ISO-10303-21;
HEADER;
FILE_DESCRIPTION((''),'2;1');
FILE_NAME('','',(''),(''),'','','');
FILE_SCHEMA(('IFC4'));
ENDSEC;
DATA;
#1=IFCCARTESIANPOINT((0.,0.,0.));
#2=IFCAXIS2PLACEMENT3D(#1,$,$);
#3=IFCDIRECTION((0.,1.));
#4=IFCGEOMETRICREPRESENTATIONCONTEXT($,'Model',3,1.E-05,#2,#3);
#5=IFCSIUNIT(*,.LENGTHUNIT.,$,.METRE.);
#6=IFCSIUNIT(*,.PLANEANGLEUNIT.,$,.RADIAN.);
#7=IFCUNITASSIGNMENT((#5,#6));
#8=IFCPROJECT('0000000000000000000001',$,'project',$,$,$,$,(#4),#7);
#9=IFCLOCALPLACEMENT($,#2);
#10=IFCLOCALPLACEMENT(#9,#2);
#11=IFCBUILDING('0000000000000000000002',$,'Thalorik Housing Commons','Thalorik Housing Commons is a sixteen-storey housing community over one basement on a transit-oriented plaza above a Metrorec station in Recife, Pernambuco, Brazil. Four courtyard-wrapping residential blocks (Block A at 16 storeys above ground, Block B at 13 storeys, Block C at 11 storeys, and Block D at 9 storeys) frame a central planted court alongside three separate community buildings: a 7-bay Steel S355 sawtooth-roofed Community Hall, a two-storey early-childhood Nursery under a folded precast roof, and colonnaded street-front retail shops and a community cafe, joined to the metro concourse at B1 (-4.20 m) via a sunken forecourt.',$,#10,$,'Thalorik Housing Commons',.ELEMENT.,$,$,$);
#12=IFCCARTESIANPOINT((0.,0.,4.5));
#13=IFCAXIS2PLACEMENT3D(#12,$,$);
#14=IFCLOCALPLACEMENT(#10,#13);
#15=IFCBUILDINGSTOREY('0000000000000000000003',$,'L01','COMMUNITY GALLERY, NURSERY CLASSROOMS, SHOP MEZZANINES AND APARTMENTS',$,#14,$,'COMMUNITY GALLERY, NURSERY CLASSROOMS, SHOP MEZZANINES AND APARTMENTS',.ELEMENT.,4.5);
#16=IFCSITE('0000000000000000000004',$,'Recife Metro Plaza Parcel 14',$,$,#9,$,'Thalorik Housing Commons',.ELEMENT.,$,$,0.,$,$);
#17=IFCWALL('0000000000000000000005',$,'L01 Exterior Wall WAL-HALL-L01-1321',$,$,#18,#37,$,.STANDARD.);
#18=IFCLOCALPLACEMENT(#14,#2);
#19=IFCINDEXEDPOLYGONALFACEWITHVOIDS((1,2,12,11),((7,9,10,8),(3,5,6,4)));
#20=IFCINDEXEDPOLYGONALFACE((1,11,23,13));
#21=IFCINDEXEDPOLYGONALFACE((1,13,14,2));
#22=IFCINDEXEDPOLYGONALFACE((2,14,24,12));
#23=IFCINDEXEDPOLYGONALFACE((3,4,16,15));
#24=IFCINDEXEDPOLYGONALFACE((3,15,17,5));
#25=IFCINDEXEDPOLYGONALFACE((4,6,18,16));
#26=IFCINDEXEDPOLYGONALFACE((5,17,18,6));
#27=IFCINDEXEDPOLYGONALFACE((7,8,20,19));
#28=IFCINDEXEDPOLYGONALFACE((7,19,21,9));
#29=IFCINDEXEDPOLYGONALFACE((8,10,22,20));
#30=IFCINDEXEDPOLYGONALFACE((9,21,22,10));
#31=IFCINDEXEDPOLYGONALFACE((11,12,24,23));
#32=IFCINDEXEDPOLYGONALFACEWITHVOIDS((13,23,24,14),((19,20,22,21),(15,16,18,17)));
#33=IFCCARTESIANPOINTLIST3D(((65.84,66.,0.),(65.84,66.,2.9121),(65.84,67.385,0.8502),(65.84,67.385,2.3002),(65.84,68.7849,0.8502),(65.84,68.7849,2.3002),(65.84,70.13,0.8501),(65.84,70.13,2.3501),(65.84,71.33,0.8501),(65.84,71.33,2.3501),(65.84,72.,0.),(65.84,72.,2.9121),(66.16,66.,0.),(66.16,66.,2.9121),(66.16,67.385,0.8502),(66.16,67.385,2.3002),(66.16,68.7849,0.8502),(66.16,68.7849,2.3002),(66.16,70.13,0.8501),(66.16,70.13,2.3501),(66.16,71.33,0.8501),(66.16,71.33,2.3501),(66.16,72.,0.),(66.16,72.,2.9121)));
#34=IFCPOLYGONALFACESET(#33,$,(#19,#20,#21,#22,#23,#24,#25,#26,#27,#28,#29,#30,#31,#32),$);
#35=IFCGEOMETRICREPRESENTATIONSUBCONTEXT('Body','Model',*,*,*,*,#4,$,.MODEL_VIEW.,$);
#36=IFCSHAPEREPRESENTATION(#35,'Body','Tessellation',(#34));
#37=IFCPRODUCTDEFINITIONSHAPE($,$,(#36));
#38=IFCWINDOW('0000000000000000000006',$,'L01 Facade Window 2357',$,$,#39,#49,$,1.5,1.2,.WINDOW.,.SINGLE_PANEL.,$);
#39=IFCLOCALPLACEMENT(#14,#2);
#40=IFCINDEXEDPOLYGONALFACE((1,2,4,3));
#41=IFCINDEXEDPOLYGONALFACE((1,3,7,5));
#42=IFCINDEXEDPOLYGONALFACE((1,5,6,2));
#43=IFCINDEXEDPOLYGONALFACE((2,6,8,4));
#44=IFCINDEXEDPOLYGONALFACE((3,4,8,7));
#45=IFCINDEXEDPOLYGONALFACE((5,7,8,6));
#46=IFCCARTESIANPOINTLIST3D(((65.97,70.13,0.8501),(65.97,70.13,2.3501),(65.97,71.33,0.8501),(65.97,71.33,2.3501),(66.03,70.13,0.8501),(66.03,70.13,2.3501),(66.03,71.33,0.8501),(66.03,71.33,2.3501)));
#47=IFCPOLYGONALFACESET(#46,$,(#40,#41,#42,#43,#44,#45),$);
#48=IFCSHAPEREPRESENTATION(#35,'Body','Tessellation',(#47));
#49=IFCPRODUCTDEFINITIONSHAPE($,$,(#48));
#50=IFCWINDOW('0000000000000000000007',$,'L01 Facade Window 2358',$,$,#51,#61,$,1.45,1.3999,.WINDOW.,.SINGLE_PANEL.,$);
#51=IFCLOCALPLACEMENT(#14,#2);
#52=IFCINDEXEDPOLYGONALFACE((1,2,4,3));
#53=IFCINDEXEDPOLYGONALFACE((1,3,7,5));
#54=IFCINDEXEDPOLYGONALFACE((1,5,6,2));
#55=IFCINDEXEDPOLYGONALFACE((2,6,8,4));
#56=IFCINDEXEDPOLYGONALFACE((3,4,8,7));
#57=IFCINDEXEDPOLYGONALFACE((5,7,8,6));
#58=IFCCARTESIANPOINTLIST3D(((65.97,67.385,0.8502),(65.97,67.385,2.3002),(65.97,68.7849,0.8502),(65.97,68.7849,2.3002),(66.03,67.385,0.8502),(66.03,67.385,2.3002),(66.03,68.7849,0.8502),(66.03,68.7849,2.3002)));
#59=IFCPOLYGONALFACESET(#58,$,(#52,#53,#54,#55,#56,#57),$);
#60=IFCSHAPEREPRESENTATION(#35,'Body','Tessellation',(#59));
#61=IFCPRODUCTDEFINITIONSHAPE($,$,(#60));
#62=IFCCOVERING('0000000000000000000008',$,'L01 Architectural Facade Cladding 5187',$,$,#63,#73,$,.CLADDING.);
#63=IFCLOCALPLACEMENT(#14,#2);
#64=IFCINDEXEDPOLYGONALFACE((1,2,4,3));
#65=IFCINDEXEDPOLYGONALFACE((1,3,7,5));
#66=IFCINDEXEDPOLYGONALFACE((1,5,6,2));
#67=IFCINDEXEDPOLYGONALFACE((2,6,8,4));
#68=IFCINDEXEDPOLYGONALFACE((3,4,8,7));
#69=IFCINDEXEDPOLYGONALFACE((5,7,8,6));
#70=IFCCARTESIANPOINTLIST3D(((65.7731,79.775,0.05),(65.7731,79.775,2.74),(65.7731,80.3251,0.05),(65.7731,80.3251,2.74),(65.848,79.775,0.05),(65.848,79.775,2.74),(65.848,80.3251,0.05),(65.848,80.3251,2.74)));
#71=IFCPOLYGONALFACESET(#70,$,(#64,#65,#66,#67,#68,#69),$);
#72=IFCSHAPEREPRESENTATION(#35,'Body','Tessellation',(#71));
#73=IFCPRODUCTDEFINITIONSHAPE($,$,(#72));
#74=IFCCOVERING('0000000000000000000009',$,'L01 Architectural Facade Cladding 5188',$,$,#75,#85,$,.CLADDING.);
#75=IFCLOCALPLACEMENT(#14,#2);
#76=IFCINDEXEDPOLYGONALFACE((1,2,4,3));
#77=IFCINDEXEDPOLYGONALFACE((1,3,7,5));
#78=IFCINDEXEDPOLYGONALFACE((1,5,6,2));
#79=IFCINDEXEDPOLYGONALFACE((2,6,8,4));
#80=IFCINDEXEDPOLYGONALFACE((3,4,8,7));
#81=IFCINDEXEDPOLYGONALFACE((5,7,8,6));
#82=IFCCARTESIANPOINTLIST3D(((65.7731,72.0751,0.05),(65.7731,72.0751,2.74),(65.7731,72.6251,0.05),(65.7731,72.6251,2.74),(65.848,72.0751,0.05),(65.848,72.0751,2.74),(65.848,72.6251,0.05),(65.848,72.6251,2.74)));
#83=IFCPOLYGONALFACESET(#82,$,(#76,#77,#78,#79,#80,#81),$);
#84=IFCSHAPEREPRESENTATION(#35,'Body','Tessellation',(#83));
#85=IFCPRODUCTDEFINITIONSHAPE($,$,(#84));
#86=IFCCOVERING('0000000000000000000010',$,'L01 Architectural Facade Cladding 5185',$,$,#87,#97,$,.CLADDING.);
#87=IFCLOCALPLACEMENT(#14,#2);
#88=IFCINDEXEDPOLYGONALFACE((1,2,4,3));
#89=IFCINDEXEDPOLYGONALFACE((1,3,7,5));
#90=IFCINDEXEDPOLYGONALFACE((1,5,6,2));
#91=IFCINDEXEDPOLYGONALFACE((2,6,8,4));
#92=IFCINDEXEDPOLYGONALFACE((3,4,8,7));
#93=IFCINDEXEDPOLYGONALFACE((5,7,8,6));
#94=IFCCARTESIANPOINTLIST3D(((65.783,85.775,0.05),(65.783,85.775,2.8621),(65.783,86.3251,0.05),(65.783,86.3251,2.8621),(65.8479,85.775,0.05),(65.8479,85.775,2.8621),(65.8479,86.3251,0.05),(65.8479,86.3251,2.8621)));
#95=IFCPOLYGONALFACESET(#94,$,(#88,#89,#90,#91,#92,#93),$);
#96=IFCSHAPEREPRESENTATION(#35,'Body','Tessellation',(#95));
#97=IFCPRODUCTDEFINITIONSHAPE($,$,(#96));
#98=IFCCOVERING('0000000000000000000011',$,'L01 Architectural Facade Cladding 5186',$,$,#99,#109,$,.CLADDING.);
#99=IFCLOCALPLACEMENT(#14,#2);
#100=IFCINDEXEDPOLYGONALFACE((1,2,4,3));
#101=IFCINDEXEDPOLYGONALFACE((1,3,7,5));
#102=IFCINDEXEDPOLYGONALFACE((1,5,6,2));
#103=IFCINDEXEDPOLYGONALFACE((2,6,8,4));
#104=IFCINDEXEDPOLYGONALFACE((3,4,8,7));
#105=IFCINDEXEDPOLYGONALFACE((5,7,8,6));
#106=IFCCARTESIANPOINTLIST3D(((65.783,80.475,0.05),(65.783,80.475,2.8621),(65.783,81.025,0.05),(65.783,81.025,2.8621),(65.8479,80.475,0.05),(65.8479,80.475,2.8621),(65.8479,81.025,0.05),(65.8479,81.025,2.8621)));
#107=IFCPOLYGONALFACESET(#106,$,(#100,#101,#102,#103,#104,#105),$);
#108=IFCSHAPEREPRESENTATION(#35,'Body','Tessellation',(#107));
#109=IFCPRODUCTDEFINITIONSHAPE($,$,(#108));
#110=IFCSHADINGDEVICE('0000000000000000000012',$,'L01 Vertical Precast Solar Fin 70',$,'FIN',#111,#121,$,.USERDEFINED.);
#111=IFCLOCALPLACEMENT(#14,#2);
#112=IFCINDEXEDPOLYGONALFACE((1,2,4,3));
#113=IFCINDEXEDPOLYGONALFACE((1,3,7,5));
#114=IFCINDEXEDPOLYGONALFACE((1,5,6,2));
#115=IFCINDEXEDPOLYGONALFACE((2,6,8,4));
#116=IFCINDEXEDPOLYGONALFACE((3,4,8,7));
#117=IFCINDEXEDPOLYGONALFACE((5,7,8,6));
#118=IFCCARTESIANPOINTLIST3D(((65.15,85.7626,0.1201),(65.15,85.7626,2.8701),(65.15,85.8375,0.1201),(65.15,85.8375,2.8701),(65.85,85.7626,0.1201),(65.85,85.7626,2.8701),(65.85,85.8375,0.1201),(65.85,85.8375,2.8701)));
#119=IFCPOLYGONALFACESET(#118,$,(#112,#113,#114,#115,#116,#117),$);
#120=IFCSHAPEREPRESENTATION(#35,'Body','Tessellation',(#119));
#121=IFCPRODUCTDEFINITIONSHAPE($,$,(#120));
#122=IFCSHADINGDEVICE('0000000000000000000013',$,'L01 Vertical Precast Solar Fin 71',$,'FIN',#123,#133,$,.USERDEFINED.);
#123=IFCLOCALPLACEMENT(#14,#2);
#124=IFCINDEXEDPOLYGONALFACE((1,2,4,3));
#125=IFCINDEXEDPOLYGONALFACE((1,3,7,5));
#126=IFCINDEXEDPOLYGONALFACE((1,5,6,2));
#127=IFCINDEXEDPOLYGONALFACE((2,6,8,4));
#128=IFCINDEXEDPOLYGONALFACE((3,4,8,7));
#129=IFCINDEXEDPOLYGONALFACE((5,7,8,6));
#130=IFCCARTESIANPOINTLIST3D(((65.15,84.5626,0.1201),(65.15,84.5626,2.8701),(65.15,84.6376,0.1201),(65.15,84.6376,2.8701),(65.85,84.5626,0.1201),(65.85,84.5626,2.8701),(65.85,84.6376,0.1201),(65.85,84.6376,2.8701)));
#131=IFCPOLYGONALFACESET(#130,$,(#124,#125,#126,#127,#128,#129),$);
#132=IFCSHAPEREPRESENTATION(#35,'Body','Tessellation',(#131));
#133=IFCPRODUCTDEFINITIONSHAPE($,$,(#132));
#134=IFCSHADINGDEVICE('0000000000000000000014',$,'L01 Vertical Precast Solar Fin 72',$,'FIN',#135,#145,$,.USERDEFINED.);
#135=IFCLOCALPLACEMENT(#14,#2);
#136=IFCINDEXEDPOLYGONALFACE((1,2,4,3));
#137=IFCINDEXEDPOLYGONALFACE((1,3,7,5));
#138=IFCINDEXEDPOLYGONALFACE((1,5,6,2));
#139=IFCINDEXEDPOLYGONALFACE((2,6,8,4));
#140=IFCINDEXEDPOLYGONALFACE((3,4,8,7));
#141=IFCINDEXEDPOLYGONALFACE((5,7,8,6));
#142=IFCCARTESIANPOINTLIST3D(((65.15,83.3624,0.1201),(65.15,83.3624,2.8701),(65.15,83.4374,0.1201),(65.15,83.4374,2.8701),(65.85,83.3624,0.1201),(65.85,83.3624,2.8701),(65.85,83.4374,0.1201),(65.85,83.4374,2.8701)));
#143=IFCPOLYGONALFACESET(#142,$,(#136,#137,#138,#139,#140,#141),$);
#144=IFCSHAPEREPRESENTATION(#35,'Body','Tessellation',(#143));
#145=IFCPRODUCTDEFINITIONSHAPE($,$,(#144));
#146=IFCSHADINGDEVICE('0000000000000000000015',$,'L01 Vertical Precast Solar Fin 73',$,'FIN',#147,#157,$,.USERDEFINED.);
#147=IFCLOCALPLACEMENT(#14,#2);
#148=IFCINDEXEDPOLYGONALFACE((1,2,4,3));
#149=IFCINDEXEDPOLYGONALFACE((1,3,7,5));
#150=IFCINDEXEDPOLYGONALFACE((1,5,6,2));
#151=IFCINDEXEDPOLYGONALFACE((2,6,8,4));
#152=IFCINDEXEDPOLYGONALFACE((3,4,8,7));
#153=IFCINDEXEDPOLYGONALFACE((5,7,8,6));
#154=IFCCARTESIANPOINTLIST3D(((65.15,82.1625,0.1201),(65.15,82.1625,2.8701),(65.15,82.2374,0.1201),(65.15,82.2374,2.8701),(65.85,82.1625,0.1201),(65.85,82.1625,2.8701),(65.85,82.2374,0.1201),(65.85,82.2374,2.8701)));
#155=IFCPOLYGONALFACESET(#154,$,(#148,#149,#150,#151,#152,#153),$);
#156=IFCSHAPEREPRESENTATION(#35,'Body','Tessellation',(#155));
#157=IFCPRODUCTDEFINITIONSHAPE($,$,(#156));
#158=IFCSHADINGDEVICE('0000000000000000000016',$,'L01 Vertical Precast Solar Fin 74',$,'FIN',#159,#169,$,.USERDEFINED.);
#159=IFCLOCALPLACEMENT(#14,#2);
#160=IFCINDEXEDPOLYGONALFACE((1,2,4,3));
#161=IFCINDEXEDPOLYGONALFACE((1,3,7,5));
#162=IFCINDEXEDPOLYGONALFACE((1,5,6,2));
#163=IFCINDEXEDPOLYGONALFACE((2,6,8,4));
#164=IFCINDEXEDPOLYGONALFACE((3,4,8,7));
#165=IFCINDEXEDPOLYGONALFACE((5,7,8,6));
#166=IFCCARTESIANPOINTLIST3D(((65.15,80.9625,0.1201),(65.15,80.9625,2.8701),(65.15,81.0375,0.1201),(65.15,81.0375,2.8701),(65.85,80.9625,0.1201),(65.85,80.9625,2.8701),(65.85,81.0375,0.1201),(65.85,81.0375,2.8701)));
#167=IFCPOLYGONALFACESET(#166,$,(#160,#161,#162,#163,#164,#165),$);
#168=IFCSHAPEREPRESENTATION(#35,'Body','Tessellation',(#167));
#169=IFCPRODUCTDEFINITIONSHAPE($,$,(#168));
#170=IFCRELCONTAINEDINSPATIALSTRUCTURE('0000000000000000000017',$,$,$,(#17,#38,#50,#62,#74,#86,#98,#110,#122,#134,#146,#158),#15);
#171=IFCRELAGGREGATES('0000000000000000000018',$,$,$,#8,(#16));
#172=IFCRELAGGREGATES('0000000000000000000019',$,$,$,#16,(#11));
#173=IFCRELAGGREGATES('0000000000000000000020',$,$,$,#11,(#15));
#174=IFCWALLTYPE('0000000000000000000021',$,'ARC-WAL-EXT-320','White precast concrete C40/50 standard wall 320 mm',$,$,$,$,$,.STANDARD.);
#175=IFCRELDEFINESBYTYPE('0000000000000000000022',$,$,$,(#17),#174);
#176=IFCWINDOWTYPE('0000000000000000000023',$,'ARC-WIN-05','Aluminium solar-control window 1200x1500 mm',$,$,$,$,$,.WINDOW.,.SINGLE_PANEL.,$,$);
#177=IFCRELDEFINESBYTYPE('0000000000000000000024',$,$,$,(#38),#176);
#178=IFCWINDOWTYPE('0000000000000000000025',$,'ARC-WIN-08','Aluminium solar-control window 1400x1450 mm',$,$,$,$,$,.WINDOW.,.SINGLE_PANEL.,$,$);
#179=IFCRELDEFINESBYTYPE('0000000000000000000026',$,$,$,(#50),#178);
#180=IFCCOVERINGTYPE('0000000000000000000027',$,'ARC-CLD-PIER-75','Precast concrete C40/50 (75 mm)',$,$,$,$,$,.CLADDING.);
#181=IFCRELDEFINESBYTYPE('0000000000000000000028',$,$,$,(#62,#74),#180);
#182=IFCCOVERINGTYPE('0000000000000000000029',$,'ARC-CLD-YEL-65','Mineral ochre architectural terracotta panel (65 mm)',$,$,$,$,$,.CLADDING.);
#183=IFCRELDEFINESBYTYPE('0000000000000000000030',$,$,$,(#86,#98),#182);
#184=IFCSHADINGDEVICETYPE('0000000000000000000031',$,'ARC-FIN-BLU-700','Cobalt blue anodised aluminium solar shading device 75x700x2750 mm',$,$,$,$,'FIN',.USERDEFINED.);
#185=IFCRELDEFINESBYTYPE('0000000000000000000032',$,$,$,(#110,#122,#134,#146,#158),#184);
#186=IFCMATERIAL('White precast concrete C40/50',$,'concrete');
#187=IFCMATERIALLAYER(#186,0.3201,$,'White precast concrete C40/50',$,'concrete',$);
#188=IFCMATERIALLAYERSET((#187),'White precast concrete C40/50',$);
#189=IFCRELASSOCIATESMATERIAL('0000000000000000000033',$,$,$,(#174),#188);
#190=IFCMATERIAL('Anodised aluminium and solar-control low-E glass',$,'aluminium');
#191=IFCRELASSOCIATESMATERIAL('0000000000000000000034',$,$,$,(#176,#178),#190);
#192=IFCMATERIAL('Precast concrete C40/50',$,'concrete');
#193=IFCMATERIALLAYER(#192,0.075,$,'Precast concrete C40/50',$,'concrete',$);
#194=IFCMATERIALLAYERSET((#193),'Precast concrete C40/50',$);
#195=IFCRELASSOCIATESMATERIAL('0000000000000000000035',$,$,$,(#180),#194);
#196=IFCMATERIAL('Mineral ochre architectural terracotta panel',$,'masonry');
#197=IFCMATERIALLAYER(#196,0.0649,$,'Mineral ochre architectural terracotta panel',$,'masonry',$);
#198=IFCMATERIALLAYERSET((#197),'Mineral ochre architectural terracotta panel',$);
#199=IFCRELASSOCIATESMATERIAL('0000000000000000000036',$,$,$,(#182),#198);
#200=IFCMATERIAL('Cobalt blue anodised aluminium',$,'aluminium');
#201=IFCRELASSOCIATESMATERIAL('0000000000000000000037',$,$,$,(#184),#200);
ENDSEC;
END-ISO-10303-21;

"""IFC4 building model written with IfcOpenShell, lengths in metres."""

from ifc_helpers import new_model, si_unit, direction, frame, frame_2d, origin, origin_2d, place, context, subcontext, project, spatial, rectangle, extrude, material, layer, layer_set, type_object, element, fill, save


model = new_model("IFC4")

# Units and contexts
model_context = context("Model", 3, precision=1e-05, world=origin(), true_north=direction((0.0, 1.0)))
body_context = subcontext(model_context, "Body", "Model", "MODEL_VIEW")
ifc_project = project(units=[si_unit("LENGTHUNIT", "METRE"), si_unit("PLANEANGLEUNIT", "RADIAN")], contexts=[model_context])

# Site, building, storey
site_placement = place(None, origin())
site = spatial("IfcSite", under=ifc_project, at=site_placement, Name="Recife Metro Plaza Parcel 14", LongName="Thalorik Housing Commons", CompositionType="ELEMENT", RefElevation=0.0)
building_placement = place(site_placement, origin())
building = spatial("IfcBuilding", under=site, at=building_placement, Name="Thalorik Housing Commons", Description="Thalorik Housing Commons is a sixteen-storey housing community over one basement on a transit-oriented plaza above a Metrorec station in Recife, Pernambuco, Brazil. Four courtyard-wrapping residential blocks (Block A at 16 storeys above ground, Block B at 13 storeys, Block C at 11 storeys, and Block D at 9 storeys) frame a central planted court alongside three separate community buildings: a 7-bay Steel S355 sawtooth-roofed Community Hall, a two-storey early-childhood Nursery under a folded precast roof, and colonnaded street-front retail shops and a community cafe, joined to the metro concourse at B1 (-4.20 m) via a sunken forecourt.", LongName="Thalorik Housing Commons", CompositionType="ELEMENT")
storey_placement = place(building_placement, frame((0.0, 0.0, 4.5)))
storey = spatial("IfcBuildingStorey", under=building, at=storey_placement, Name="L01", Description="COMMUNITY GALLERY, NURSERY CLASSROOMS, SHOP MEZZANINES AND APARTMENTS", LongName="COMMUNITY GALLERY, NURSERY CLASSROOMS, SHOP MEZZANINES AND APARTMENTS", CompositionType="ELEMENT", Elevation=4.5)

# Shared definitions
ifc_material_1 = material(Name="White precast concrete C40/50", Category="concrete")
ifc_layer_1 = layer(ifc_material_1, 0.3201, Name="White precast concrete C40/50", Category="concrete")
ifc_layer_set_1 = layer_set([ifc_layer_1], Name="White precast concrete C40/50")
wall_type = type_object("IfcWallType", Name="ARC-WAL-EXT-320", Description="White precast concrete C40/50 standard wall 320 mm", PredefinedType="STANDARD", material=ifc_layer_set_1)
ifc_material_2 = material(Name="Anodised aluminium and solar-control low-E glass", Category="aluminium")

# Wall, openings, windows
wall_1_placement = place(storey_placement, frame((66.0, 72.0, 0.0), z_axis=(0.0, 0.0, 1.0), x_axis=(0.0, -1.0, 0.0)))
wall_1 = element("IfcWall", 1, at=wall_1_placement, inside=storey, type_object=wall_type, Name="L01 Exterior Wall WAL-HALL-L01-1321", PredefinedType="STANDARD", context=body_context, shape_type="SweptSolid", body=[
    extrude(rectangle(XDim=6.0, YDim=0.3201, at=frame_2d((3.0, 0.0))), origin(), (0.0, 0.0, 1.0), 2.9121),
])
opening_1_placement = place(wall_1_placement, frame((0.6699, 0.0, 0.8501)))
opening_1 = element("IfcOpeningElement", 2, at=opening_1_placement, cuts=wall_1, PredefinedType="OPENING", context=body_context, shape_type="SweptSolid", body=[
    extrude(rectangle(XDim=1.2, YDim=1.5, at=frame_2d((0.6001, 0.75))), frame((0.0, 0.1699, 0.0), z_axis=(0.0, -1.0, 0.0), x_axis=(1.0, 0.0, 0.0)), (0.0, 0.0, 1.0), 0.3401),
])
opening_2_placement = place(wall_1_placement, frame((3.2151, 0.0, 0.8501)))
opening_2 = element("IfcOpeningElement", 3, at=opening_2_placement, cuts=wall_1, PredefinedType="OPENING", context=body_context, shape_type="SweptSolid", body=[
    extrude(rectangle(XDim=1.3999, YDim=1.45, at=frame_2d((0.7, 0.7251))), frame((0.0, 0.1699, 0.0), z_axis=(0.0, -1.0, 0.0), x_axis=(1.0, 0.0, 0.0)), (0.0, 0.0, 1.0), 0.3401),
])
window_type_1 = type_object("IfcWindowType", Name="ARC-WIN-05", Description="Aluminium solar-control window 1200x1500 mm", PartitioningType="SINGLE_PANEL", PredefinedType="WINDOW", material=ifc_material_2)
window_1_placement = place(opening_1_placement, origin())
window_1 = element("IfcWindow", 4, at=window_1_placement, inside=storey, type_object=window_type_1, Name="L01 Facade Window 2357", OverallHeight=1.5, OverallWidth=1.2, PartitioningType="SINGLE_PANEL", PredefinedType="WINDOW", context=body_context, shape_type="SweptSolid", body=[
    extrude(rectangle(XDim=1.2, YDim=1.5, at=frame_2d((0.6001, 0.75))), frame((0.0, 0.03, 0.0), z_axis=(0.0, -1.0, 0.0), x_axis=(1.0, 0.0, 0.0)), (0.0, 0.0, 1.0), 0.0601),
])
fill(opening_1, window_1)
window_type_2 = type_object("IfcWindowType", Name="ARC-WIN-08", Description="Aluminium solar-control window 1400x1450 mm", PartitioningType="SINGLE_PANEL", PredefinedType="WINDOW", material=ifc_material_2)
window_2_placement = place(opening_2_placement, origin())
window_2 = element("IfcWindow", 5, at=window_2_placement, inside=storey, type_object=window_type_2, Name="L01 Facade Window 2358", OverallHeight=1.45, OverallWidth=1.3999, PartitioningType="SINGLE_PANEL", PredefinedType="WINDOW", context=body_context, shape_type="SweptSolid", body=[
    extrude(rectangle(XDim=1.3999, YDim=1.45, at=frame_2d((0.7, 0.7251))), frame((0.0, 0.03, 0.0), z_axis=(0.0, -1.0, 0.0), x_axis=(1.0, 0.0, 0.0)), (0.0, 0.0, 1.0), 0.0601),
])
fill(opening_2, window_2)

# Coverings
ifc_material_3 = material(Name="Precast concrete C40/50", Category="concrete")
ifc_layer_2 = layer(ifc_material_3, 0.075, Name="Precast concrete C40/50", Category="concrete")
ifc_layer_set_2 = layer_set([ifc_layer_2], Name="Precast concrete C40/50")
covering_type_1 = type_object("IfcCoveringType", Name="ARC-CLD-PIER-75", Description="Precast concrete C40/50 (75 mm)", PredefinedType="CLADDING", material=ifc_layer_set_2)
for number, where, z_axis, x_axis, name in (
    (6, (65.8105, 80.05, 0.05), (0.0, 0.0, 1.0), (0.0, -1.0, 0.0), "L01 Architectural Facade Cladding 5187"),
    (7, (65.8105, 72.3501, 0.05), (0.0, 0.0, 1.0), (0.0, -1.0, 0.0), "L01 Architectural Facade Cladding 5188"),
):
    element("IfcCovering", number, at=place(storey_placement, frame(where, z_axis=z_axis, x_axis=x_axis)), inside=storey, type_object=covering_type_1, Name=name, PredefinedType="CLADDING", context=body_context, shape_type="SweptSolid", body=[
        extrude(rectangle(XDim=0.55, YDim=0.075, at=origin_2d()), origin(), (0.0, 0.0, 1.0), 2.6899),
    ])
ifc_material_4 = material(Name="Mineral ochre architectural terracotta panel", Category="masonry")
ifc_layer_3 = layer(ifc_material_4, 0.0649, Name="Mineral ochre architectural terracotta panel", Category="masonry")
ifc_layer_set_3 = layer_set([ifc_layer_3], Name="Mineral ochre architectural terracotta panel")
covering_type_2 = type_object("IfcCoveringType", Name="ARC-CLD-YEL-65", Description="Mineral ochre architectural terracotta panel (65 mm)", PredefinedType="CLADDING", material=ifc_layer_set_3)
for number, where, z_axis, x_axis, name in (
    (8, (65.8154, 86.05, 0.05), (0.0, 0.0, 1.0), (0.0, -1.0, 0.0), "L01 Architectural Facade Cladding 5185"),
    (9, (65.8154, 80.75, 0.05), (0.0, 0.0, 1.0), (0.0, -1.0, 0.0), "L01 Architectural Facade Cladding 5186"),
):
    element("IfcCovering", number, at=place(storey_placement, frame(where, z_axis=z_axis, x_axis=x_axis)), inside=storey, type_object=covering_type_2, Name=name, PredefinedType="CLADDING", context=body_context, shape_type="SweptSolid", body=[
        extrude(rectangle(XDim=0.55, YDim=0.0649, at=origin_2d()), origin(), (0.0, 0.0, 1.0), 2.812),
    ])

# Shading devices
ifc_material_5 = material(Name="Cobalt blue anodised aluminium", Category="aluminium")
shading_device_type = type_object("IfcShadingDeviceType", Name="ARC-FIN-BLU-700", Description="Cobalt blue anodised aluminium solar shading device 75x700x2750 mm", ElementType="FIN", PredefinedType="USERDEFINED", material=ifc_material_5)
for number, where, z_axis, x_axis, name in (
    (10, (65.5, 85.8, 0.1201), (0.0, 0.0, 1.0), (0.0, -1.0, 0.0), "L01 Vertical Precast Solar Fin 70"),
    (11, (65.5, 84.6001, 0.1201), (0.0, 0.0, 1.0), (0.0, -1.0, 0.0), "L01 Vertical Precast Solar Fin 71"),
    (12, (65.5, 83.3999, 0.1201), (0.0, 0.0, 1.0), (0.0, -1.0, 0.0), "L01 Vertical Precast Solar Fin 72"),
    (13, (65.5, 82.2, 0.1201), (0.0, 0.0, 1.0), (0.0, -1.0, 0.0), "L01 Vertical Precast Solar Fin 73"),
    (14, (65.5, 81.0, 0.1201), (0.0, 0.0, 1.0), (0.0, -1.0, 0.0), "L01 Vertical Precast Solar Fin 74"),
):
    element("IfcShadingDevice", number, at=place(storey_placement, frame(where, z_axis=z_axis, x_axis=x_axis)), inside=storey, type_object=shading_device_type, Name=name, ObjectType="FIN", PredefinedType="USERDEFINED", context=body_context, shape_type="SweptSolid", body=[
        extrude(rectangle(XDim=0.075, YDim=0.7, at=origin_2d()), origin(), (0.0, 0.0, 1.0), 2.75),
    ])

save(model, "model.ifc")
